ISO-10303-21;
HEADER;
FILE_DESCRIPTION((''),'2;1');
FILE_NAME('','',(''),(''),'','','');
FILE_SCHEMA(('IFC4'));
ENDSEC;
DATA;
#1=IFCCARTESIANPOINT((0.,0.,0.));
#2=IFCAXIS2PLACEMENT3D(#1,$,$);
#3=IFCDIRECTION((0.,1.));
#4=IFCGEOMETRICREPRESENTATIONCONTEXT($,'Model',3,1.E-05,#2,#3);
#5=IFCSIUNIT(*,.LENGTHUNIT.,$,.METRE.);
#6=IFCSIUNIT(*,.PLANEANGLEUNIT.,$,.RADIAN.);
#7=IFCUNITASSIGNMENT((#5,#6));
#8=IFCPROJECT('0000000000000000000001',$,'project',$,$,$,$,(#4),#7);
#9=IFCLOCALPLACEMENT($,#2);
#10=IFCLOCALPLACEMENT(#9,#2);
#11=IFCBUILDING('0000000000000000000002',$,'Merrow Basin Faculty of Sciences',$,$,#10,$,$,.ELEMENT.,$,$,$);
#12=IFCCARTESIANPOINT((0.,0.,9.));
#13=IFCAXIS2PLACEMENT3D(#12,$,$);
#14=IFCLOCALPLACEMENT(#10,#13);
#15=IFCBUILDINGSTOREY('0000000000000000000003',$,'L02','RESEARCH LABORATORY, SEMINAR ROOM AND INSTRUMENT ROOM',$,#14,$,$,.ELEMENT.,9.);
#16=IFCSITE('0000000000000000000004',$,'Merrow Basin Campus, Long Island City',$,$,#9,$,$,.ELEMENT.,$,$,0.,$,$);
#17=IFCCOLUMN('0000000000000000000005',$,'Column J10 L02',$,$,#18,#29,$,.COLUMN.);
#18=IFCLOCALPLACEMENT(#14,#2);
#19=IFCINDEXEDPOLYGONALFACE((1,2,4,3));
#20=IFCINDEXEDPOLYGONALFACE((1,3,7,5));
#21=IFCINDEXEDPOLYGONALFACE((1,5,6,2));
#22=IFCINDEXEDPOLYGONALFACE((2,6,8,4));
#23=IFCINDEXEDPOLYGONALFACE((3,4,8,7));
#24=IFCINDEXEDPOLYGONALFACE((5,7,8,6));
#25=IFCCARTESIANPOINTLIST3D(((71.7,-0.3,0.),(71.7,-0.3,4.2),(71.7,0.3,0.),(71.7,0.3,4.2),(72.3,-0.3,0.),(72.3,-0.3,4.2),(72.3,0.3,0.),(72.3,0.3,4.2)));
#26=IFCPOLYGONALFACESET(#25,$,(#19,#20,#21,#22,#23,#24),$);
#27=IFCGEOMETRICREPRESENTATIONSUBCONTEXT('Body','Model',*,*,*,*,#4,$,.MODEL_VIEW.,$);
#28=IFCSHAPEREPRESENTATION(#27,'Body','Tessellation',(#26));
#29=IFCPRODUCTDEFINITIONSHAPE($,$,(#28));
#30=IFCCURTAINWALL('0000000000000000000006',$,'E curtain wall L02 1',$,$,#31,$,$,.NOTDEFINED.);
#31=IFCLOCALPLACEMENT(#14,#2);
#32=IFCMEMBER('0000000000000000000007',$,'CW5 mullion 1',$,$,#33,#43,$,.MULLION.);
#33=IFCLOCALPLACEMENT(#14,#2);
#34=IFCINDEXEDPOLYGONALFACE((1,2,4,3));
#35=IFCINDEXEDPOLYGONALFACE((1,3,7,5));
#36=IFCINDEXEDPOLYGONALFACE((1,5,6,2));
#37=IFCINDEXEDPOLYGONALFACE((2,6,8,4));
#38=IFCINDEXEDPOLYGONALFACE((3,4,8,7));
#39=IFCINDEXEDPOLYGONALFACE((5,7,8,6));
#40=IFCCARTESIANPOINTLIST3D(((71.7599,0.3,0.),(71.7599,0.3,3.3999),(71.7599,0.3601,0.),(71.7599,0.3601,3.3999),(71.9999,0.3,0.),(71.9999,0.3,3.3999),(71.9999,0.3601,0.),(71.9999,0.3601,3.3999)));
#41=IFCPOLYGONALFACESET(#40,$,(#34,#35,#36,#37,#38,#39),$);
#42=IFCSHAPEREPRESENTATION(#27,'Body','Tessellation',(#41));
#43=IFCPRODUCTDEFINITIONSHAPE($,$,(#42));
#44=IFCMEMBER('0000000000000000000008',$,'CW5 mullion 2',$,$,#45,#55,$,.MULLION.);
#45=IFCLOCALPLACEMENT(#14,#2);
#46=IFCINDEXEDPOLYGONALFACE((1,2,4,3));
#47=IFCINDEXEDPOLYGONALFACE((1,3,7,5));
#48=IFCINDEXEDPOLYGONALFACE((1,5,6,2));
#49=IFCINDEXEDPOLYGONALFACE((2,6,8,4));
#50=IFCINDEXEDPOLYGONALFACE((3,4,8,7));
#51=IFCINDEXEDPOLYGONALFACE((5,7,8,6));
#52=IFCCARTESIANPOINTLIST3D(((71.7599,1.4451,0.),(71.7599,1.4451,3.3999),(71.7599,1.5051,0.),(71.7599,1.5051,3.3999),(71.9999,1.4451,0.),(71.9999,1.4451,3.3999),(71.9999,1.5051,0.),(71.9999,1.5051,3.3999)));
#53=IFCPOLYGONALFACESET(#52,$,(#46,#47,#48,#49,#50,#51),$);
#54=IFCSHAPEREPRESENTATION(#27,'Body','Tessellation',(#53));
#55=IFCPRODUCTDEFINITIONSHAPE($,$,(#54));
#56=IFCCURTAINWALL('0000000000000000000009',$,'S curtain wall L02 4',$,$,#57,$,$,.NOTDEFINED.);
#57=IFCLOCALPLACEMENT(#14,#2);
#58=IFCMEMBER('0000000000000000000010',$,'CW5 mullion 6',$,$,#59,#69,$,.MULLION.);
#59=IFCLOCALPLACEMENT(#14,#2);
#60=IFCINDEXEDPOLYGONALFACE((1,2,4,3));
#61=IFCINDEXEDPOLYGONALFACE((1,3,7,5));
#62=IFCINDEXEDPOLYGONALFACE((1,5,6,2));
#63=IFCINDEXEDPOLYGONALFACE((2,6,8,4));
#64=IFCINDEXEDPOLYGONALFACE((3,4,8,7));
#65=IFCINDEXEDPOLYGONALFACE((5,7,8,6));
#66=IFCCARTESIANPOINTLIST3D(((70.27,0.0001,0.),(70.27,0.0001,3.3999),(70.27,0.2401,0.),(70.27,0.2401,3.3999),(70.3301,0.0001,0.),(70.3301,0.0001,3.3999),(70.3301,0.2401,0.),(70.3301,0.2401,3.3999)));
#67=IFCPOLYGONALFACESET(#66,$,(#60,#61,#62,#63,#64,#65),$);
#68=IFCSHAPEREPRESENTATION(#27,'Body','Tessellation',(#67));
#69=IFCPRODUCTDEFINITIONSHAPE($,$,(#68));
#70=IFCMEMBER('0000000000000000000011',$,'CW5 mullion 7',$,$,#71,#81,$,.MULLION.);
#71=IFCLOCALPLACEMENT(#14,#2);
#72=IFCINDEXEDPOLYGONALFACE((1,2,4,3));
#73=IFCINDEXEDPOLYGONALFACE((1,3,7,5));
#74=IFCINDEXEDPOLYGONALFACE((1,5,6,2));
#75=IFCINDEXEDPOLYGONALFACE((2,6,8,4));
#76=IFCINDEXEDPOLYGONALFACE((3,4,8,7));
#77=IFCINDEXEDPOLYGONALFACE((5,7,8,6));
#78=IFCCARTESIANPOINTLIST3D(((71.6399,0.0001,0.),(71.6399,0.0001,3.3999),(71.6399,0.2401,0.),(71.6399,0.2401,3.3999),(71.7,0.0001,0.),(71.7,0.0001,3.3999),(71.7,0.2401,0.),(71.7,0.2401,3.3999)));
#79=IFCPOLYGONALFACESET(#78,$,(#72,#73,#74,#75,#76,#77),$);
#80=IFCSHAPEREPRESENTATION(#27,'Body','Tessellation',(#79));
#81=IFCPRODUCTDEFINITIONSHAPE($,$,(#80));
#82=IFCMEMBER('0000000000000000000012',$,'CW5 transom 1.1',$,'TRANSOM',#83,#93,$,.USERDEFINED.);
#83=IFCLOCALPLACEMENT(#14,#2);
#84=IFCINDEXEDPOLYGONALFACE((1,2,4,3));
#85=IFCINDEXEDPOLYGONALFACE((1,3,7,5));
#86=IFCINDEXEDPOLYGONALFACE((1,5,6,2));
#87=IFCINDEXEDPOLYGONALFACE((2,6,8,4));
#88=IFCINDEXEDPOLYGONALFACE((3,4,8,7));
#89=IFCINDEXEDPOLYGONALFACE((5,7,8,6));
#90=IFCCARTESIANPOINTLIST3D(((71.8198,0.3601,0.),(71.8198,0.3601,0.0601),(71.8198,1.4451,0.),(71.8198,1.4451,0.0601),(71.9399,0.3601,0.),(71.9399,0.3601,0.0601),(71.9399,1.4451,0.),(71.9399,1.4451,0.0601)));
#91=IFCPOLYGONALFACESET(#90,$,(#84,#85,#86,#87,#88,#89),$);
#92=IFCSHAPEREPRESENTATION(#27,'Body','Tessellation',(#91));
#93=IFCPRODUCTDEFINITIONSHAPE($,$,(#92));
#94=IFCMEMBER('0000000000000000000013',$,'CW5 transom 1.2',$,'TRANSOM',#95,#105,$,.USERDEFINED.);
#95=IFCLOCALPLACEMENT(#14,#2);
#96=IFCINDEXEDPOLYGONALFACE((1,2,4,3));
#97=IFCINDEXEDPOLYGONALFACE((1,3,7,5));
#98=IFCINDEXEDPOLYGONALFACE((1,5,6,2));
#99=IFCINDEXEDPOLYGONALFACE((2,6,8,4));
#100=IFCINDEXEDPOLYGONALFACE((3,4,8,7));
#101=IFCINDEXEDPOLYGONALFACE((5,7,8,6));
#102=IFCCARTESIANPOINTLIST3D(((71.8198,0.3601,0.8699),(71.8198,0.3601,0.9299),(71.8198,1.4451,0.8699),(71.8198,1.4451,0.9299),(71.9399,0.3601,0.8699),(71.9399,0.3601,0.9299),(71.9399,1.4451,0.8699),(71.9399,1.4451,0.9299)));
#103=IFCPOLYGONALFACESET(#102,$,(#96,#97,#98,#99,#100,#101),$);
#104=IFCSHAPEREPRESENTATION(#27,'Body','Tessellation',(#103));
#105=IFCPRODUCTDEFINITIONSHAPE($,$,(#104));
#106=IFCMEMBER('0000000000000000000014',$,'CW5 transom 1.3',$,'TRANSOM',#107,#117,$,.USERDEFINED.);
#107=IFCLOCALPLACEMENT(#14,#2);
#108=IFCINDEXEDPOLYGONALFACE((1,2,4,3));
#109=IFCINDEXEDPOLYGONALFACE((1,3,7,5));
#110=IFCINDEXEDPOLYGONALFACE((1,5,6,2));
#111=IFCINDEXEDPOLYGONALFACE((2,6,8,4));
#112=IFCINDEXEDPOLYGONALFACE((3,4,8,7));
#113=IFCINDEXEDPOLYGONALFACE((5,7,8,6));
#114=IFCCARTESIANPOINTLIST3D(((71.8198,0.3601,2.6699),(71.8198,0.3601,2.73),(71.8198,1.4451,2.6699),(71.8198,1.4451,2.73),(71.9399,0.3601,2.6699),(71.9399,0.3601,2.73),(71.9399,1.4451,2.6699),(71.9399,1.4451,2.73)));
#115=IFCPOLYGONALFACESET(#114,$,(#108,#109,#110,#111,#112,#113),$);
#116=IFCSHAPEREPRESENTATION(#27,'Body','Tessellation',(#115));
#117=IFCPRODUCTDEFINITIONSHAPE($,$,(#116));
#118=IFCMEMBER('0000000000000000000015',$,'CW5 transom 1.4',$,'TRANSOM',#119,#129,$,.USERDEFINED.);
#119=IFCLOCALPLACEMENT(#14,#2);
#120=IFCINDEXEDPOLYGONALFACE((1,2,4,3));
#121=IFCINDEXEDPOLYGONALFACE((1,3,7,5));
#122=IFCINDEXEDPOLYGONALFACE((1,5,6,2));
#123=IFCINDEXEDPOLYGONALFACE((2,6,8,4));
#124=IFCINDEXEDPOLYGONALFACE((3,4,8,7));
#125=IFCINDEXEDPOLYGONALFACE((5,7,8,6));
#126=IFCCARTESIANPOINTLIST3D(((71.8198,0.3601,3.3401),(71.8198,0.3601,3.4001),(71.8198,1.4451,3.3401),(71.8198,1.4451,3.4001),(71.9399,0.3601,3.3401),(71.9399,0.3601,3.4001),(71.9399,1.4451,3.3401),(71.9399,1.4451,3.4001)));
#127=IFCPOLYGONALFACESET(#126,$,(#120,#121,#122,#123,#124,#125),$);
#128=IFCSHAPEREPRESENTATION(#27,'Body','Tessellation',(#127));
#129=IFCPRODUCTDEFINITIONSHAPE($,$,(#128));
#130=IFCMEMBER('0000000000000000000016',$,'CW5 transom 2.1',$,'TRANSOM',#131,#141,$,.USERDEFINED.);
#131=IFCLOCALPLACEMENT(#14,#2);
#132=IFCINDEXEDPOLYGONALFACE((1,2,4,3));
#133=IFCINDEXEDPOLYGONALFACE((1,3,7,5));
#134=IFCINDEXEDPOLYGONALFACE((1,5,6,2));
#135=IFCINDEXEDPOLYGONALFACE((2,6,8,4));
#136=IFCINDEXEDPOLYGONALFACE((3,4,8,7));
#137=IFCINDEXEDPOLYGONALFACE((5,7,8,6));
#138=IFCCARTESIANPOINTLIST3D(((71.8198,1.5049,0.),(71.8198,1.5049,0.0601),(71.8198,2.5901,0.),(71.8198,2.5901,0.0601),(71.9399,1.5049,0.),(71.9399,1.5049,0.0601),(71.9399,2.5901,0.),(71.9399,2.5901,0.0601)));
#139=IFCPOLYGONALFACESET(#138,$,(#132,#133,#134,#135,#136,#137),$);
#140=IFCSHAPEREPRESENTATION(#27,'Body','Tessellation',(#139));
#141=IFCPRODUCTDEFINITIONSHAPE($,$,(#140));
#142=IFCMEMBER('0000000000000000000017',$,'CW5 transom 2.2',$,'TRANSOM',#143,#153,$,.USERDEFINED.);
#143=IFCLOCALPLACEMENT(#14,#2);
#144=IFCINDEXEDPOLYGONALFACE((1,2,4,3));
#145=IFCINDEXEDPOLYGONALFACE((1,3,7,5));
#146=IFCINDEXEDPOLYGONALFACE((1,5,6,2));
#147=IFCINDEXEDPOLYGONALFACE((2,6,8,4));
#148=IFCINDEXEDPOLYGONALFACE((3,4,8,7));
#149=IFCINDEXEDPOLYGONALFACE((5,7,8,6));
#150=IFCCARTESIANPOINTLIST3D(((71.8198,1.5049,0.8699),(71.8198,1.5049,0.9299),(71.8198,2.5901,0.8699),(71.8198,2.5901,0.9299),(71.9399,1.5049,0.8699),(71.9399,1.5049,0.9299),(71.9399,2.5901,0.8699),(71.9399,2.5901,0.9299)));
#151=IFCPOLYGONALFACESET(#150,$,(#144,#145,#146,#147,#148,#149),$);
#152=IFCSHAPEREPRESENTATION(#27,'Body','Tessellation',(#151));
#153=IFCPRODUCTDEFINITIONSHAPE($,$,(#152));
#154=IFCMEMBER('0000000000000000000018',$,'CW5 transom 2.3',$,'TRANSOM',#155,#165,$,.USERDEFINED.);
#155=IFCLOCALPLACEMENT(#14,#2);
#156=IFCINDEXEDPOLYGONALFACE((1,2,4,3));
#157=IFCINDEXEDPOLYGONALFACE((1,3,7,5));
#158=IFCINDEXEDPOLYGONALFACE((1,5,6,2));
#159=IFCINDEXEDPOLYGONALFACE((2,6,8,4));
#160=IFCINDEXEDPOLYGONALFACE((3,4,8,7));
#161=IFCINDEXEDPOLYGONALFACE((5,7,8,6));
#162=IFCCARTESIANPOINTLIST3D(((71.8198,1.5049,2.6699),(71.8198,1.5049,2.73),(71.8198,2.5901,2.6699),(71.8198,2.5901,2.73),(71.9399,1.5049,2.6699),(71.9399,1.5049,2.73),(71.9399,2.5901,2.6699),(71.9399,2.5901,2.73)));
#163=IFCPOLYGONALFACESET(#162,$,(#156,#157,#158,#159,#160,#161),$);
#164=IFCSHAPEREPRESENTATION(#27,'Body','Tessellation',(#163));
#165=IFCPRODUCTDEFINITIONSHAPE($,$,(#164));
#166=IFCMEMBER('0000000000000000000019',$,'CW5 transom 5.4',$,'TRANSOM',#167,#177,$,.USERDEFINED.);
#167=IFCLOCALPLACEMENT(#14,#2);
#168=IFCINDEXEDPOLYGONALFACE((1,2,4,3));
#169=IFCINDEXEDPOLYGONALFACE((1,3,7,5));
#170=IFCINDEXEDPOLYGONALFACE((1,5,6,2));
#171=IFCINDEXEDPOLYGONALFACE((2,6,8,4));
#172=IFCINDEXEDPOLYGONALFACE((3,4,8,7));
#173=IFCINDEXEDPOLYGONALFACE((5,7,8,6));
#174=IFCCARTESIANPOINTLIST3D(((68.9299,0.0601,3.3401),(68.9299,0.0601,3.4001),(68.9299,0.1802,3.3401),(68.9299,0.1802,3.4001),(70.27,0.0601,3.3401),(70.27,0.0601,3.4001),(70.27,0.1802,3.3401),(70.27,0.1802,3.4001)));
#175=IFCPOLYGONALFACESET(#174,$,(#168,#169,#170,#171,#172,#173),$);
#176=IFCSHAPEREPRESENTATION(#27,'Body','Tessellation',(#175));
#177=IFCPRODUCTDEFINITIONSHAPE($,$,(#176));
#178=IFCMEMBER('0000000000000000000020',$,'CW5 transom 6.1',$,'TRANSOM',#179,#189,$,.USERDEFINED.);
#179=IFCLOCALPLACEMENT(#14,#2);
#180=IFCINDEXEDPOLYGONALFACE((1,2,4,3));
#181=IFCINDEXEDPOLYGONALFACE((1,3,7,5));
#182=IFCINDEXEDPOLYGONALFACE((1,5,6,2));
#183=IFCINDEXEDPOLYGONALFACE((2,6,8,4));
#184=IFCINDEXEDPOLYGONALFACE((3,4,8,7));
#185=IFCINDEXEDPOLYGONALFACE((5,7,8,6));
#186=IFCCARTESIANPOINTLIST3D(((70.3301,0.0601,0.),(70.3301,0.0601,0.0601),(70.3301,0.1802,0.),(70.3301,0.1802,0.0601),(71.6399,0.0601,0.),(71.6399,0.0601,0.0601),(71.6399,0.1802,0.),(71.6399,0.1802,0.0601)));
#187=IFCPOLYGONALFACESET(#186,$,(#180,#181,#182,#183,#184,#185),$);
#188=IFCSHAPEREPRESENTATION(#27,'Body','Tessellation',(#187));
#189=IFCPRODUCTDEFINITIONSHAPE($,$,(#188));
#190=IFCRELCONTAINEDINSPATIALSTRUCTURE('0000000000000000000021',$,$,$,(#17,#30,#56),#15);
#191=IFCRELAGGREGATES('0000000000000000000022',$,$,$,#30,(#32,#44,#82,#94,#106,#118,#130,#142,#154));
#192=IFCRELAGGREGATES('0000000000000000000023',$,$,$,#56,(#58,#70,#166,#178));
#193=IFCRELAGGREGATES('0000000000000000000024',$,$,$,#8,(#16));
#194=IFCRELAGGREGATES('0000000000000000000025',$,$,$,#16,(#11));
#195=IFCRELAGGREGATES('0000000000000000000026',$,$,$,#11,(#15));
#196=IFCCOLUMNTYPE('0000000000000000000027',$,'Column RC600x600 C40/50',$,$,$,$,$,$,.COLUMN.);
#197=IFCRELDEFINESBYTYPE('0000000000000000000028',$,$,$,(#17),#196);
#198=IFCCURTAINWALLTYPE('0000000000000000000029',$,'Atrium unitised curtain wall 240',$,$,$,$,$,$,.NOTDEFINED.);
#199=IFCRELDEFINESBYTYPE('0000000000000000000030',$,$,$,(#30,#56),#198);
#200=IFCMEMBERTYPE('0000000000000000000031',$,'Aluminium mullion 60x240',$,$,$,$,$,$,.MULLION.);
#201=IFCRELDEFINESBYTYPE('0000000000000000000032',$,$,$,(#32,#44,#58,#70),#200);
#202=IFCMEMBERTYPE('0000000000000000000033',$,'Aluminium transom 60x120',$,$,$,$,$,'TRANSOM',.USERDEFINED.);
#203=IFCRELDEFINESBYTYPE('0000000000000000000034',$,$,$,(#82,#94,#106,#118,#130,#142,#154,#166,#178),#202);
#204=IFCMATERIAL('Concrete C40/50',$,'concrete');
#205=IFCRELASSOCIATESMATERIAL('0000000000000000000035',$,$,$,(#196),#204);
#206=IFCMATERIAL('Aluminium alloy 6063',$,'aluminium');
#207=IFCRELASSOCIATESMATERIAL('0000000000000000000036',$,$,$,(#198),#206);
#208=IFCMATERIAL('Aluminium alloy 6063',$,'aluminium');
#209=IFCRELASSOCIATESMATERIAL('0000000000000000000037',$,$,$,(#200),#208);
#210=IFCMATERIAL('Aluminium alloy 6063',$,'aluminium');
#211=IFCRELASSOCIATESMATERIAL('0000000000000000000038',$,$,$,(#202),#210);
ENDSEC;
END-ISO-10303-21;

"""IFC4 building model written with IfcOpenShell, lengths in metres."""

from ifc_helpers import new_model, si_unit, direction, frame, origin, origin_2d, place, context, subcontext, project, spatial, rectangle, extrude, material, material_profile, profile_set, type_object, element, aggregate, save


model = new_model("IFC4")

# Units and contexts
model_context = context("Model", 3, precision=1e-05, world=origin(), true_north=direction((0.0, 1.0)))
body_context = subcontext(model_context, "Body", "Model", "MODEL_VIEW")
ifc_project = project(units=[si_unit("LENGTHUNIT", "METRE"), si_unit("PLANEANGLEUNIT", "RADIAN")], contexts=[model_context])

# Site, building, storey
site_placement = place(None, origin())
site = spatial("IfcSite", under=ifc_project, at=site_placement, Name="Merrow Basin Campus, Long Island City", CompositionType="ELEMENT", RefElevation=0.0)
building_placement = place(site_placement, origin())
building = spatial("IfcBuilding", under=site, at=building_placement, Name="Merrow Basin Faculty of Sciences", CompositionType="ELEMENT")
storey_placement = place(building_placement, frame((0.0, 0.0, 9.0)))
storey = spatial("IfcBuildingStorey", under=building, at=storey_placement, Name="L02", Description="RESEARCH LABORATORY, SEMINAR ROOM AND INSTRUMENT ROOM", CompositionType="ELEMENT", Elevation=9.0)

# Column
ifc_material_1 = material(Name="Concrete C40/50", Category="concrete")
ifc_material_profile_1 = material_profile(ifc_material_1, rectangle(XDim=0.6001, YDim=0.6001, at=origin_2d()))
ifc_profile_set_1 = profile_set([ifc_material_profile_1], Name="Concrete C40/50")
column_type = type_object("IfcColumnType", Name="Column RC600x600 C40/50", PredefinedType="COLUMN", material=ifc_profile_set_1)
column_placement = place(storey_placement, frame((72.0, 0.0, 0.0), z_axis=(0.0, 0.0, 1.0), x_axis=(1.0, 0.0, 0.0)))
element("IfcColumn", 1, at=column_placement, inside=storey, type_object=column_type, Name="Column J10 L02", PredefinedType="COLUMN", context=body_context, shape_type="SweptSolid", body=[
    extrude(rectangle(XDim=0.6001, YDim=0.6001, at=origin_2d()), origin(), (0.0, 0.0, 1.0), 4.2),
])

# Curtain walls, members
ifc_material_2 = material(Name="Aluminium alloy 6063", Category="aluminium")
curtain_wall_type = type_object("IfcCurtainWallType", Name="Atrium unitised curtain wall 240", PredefinedType="NOTDEFINED", material=ifc_material_2)
curtain_wall_1_placement = place(storey_placement, origin())
curtain_wall_1 = element("IfcCurtainWall", 2, at=curtain_wall_1_placement, inside=storey, type_object=curtain_wall_type, Name="E curtain wall L02 1", PredefinedType="NOTDEFINED")
ifc_material_3 = material(Name="Aluminium alloy 6063", Category="aluminium")
ifc_material_profile_2 = material_profile(ifc_material_3, rectangle(XDim=0.24, YDim=0.0601, at=origin_2d()))
ifc_profile_set_2 = profile_set([ifc_material_profile_2], Name="Aluminium alloy 6063")
member_type_1 = type_object("IfcMemberType", Name="Aluminium mullion 60x240", PredefinedType="MULLION", material=ifc_profile_set_2)
member_1_placement = place(storey_placement, frame((71.8799, 0.3301, 0.0), z_axis=(0.0, 0.0, 1.0), x_axis=(-1.0, 0.0, 0.0)))
member_1 = element("IfcMember", 3, at=member_1_placement, type_object=member_type_1, Name="CW5 mullion 1", PredefinedType="MULLION", context=body_context, shape_type="SweptSolid", body=[
    extrude(rectangle(XDim=0.24, YDim=0.0601, at=origin_2d()), origin(), (0.0, 0.0, 1.0), 3.3999),
])
member_2_placement = place(storey_placement, frame((71.8799, 1.4751, 0.0), z_axis=(0.0, 0.0, 1.0), x_axis=(-1.0, 0.0, 0.0)))
member_2 = element("IfcMember", 4, at=member_2_placement, type_object=member_type_1, Name="CW5 mullion 2", PredefinedType="MULLION", context=body_context, shape_type="SweptSolid", body=[
    extrude(rectangle(XDim=0.24, YDim=0.0601, at=origin_2d()), origin(), (0.0, 0.0, 1.0), 3.3999),
])
curtain_wall_2_placement = place(storey_placement, origin())
curtain_wall_2 = element("IfcCurtainWall", 5, at=curtain_wall_2_placement, inside=storey, type_object=curtain_wall_type, Name="S curtain wall L02 4", PredefinedType="NOTDEFINED")
member_3_placement = place(storey_placement, frame((70.3, 0.1201, 0.0), z_axis=(0.0, 0.0, 1.0), x_axis=(0.0, 1.0, 0.0)))
member_3 = element("IfcMember", 6, at=member_3_placement, type_object=member_type_1, Name="CW5 mullion 6", PredefinedType="MULLION", context=body_context, shape_type="SweptSolid", body=[
    extrude(rectangle(XDim=0.24, YDim=0.0601, at=origin_2d()), origin(), (0.0, 0.0, 1.0), 3.3999),
])
member_4_placement = place(storey_placement, frame((71.6699, 0.1201, 0.0), z_axis=(0.0, 0.0, 1.0), x_axis=(0.0, 1.0, 0.0)))
member_4 = element("IfcMember", 7, at=member_4_placement, type_object=member_type_1, Name="CW5 mullion 7", PredefinedType="MULLION", context=body_context, shape_type="SweptSolid", body=[
    extrude(rectangle(XDim=0.24, YDim=0.0601, at=origin_2d()), origin(), (0.0, 0.0, 1.0), 3.3999),
])

# Members
ifc_material_4 = material(Name="Aluminium alloy 6063", Category="aluminium")
ifc_material_profile_3 = material_profile(ifc_material_4, rectangle(XDim=0.1201, YDim=0.0601, at=origin_2d()))
ifc_profile_set_3 = profile_set([ifc_material_profile_3], Name="Aluminium alloy 6063")
member_type_2 = type_object("IfcMemberType", Name="Aluminium transom 60x120", ElementType="TRANSOM", PredefinedType="USERDEFINED", material=ifc_profile_set_3)
member_5_placement = place(storey_placement, frame((71.8799, 0.3601, 0.03), z_axis=(0.0, 1.0, 0.0), x_axis=(-1.0, 0.0, 0.0)))
member_5 = element("IfcMember", 8, at=member_5_placement, type_object=member_type_2, Name="CW5 transom 1.1", ObjectType="TRANSOM", PredefinedType="USERDEFINED", context=body_context, shape_type="SweptSolid", body=[
    extrude(rectangle(XDim=0.1201, YDim=0.0601, at=origin_2d()), origin(), (0.0, 0.0, 1.0), 1.085),
])
member_6_placement = place(storey_placement, frame((71.8799, 0.3601, 0.8999), z_axis=(0.0, 1.0, 0.0), x_axis=(-1.0, 0.0, 0.0)))
member_6 = element("IfcMember", 9, at=member_6_placement, type_object=member_type_2, Name="CW5 transom 1.2", ObjectType="TRANSOM", PredefinedType="USERDEFINED", context=body_context, shape_type="SweptSolid", body=[
    extrude(rectangle(XDim=0.1201, YDim=0.0601, at=origin_2d()), origin(), (0.0, 0.0, 1.0), 1.085),
])
member_7_placement = place(storey_placement, frame((71.8799, 0.3601, 2.7), z_axis=(0.0, 1.0, 0.0), x_axis=(-1.0, 0.0, 0.0)))
member_7 = element("IfcMember", 10, at=member_7_placement, type_object=member_type_2, Name="CW5 transom 1.3", ObjectType="TRANSOM", PredefinedType="USERDEFINED", context=body_context, shape_type="SweptSolid", body=[
    extrude(rectangle(XDim=0.1201, YDim=0.0601, at=origin_2d()), origin(), (0.0, 0.0, 1.0), 1.085),
])
member_8_placement = place(storey_placement, frame((71.8799, 0.3601, 3.3701), z_axis=(0.0, 1.0, 0.0), x_axis=(-1.0, 0.0, 0.0)))
member_8 = element("IfcMember", 11, at=member_8_placement, type_object=member_type_2, Name="CW5 transom 1.4", ObjectType="TRANSOM", PredefinedType="USERDEFINED", context=body_context, shape_type="SweptSolid", body=[
    extrude(rectangle(XDim=0.1201, YDim=0.0601, at=origin_2d()), origin(), (0.0, 0.0, 1.0), 1.085),
])
member_9_placement = place(storey_placement, frame((71.8799, 1.5049, 0.03), z_axis=(0.0, 1.0, 0.0), x_axis=(-1.0, 0.0, 0.0)))
member_9 = element("IfcMember", 12, at=member_9_placement, type_object=member_type_2, Name="CW5 transom 2.1", ObjectType="TRANSOM", PredefinedType="USERDEFINED", context=body_context, shape_type="SweptSolid", body=[
    extrude(rectangle(XDim=0.1201, YDim=0.0601, at=origin_2d()), origin(), (0.0, 0.0, 1.0), 1.0852),
])
member_10_placement = place(storey_placement, frame((71.8799, 1.5049, 0.8999), z_axis=(0.0, 1.0, 0.0), x_axis=(-1.0, 0.0, 0.0)))
member_10 = element("IfcMember", 13, at=member_10_placement, type_object=member_type_2, Name="CW5 transom 2.2", ObjectType="TRANSOM", PredefinedType="USERDEFINED", context=body_context, shape_type="SweptSolid", body=[
    extrude(rectangle(XDim=0.1201, YDim=0.0601, at=origin_2d()), origin(), (0.0, 0.0, 1.0), 1.0852),
])
member_11_placement = place(storey_placement, frame((71.8799, 1.5049, 2.7), z_axis=(0.0, 1.0, 0.0), x_axis=(-1.0, 0.0, 0.0)))
member_11 = element("IfcMember", 14, at=member_11_placement, type_object=member_type_2, Name="CW5 transom 2.3", ObjectType="TRANSOM", PredefinedType="USERDEFINED", context=body_context, shape_type="SweptSolid", body=[
    extrude(rectangle(XDim=0.1201, YDim=0.0601, at=origin_2d()), origin(), (0.0, 0.0, 1.0), 1.0852),
])
member_12_placement = place(storey_placement, frame((68.9299, 0.1201, 3.3701), z_axis=(1.0, 0.0, 0.0), x_axis=(0.0, 1.0, 0.0)))
member_12 = element("IfcMember", 15, at=member_12_placement, type_object=member_type_2, Name="CW5 transom 5.4", ObjectType="TRANSOM", PredefinedType="USERDEFINED", context=body_context, shape_type="SweptSolid", body=[
    extrude(rectangle(XDim=0.1201, YDim=0.0601, at=origin_2d()), origin(), (0.0, 0.0, 1.0), 1.3401),
])
member_13_placement = place(storey_placement, frame((70.3301, 0.1201, 0.03), z_axis=(1.0, 0.0, 0.0), x_axis=(0.0, 1.0, 0.0)))
member_13 = element("IfcMember", 16, at=member_13_placement, type_object=member_type_2, Name="CW5 transom 6.1", ObjectType="TRANSOM", PredefinedType="USERDEFINED", context=body_context, shape_type="SweptSolid", body=[
    extrude(rectangle(XDim=0.1201, YDim=0.0601, at=origin_2d()), origin(), (0.0, 0.0, 1.0), 1.3098),
])

aggregate(curtain_wall_1, [member_1, member_2, member_5, member_6, member_7, member_8, member_9, member_10, member_11])
aggregate(curtain_wall_2, [member_3, member_4, member_12, member_13])

save(model, "model.ifc")
